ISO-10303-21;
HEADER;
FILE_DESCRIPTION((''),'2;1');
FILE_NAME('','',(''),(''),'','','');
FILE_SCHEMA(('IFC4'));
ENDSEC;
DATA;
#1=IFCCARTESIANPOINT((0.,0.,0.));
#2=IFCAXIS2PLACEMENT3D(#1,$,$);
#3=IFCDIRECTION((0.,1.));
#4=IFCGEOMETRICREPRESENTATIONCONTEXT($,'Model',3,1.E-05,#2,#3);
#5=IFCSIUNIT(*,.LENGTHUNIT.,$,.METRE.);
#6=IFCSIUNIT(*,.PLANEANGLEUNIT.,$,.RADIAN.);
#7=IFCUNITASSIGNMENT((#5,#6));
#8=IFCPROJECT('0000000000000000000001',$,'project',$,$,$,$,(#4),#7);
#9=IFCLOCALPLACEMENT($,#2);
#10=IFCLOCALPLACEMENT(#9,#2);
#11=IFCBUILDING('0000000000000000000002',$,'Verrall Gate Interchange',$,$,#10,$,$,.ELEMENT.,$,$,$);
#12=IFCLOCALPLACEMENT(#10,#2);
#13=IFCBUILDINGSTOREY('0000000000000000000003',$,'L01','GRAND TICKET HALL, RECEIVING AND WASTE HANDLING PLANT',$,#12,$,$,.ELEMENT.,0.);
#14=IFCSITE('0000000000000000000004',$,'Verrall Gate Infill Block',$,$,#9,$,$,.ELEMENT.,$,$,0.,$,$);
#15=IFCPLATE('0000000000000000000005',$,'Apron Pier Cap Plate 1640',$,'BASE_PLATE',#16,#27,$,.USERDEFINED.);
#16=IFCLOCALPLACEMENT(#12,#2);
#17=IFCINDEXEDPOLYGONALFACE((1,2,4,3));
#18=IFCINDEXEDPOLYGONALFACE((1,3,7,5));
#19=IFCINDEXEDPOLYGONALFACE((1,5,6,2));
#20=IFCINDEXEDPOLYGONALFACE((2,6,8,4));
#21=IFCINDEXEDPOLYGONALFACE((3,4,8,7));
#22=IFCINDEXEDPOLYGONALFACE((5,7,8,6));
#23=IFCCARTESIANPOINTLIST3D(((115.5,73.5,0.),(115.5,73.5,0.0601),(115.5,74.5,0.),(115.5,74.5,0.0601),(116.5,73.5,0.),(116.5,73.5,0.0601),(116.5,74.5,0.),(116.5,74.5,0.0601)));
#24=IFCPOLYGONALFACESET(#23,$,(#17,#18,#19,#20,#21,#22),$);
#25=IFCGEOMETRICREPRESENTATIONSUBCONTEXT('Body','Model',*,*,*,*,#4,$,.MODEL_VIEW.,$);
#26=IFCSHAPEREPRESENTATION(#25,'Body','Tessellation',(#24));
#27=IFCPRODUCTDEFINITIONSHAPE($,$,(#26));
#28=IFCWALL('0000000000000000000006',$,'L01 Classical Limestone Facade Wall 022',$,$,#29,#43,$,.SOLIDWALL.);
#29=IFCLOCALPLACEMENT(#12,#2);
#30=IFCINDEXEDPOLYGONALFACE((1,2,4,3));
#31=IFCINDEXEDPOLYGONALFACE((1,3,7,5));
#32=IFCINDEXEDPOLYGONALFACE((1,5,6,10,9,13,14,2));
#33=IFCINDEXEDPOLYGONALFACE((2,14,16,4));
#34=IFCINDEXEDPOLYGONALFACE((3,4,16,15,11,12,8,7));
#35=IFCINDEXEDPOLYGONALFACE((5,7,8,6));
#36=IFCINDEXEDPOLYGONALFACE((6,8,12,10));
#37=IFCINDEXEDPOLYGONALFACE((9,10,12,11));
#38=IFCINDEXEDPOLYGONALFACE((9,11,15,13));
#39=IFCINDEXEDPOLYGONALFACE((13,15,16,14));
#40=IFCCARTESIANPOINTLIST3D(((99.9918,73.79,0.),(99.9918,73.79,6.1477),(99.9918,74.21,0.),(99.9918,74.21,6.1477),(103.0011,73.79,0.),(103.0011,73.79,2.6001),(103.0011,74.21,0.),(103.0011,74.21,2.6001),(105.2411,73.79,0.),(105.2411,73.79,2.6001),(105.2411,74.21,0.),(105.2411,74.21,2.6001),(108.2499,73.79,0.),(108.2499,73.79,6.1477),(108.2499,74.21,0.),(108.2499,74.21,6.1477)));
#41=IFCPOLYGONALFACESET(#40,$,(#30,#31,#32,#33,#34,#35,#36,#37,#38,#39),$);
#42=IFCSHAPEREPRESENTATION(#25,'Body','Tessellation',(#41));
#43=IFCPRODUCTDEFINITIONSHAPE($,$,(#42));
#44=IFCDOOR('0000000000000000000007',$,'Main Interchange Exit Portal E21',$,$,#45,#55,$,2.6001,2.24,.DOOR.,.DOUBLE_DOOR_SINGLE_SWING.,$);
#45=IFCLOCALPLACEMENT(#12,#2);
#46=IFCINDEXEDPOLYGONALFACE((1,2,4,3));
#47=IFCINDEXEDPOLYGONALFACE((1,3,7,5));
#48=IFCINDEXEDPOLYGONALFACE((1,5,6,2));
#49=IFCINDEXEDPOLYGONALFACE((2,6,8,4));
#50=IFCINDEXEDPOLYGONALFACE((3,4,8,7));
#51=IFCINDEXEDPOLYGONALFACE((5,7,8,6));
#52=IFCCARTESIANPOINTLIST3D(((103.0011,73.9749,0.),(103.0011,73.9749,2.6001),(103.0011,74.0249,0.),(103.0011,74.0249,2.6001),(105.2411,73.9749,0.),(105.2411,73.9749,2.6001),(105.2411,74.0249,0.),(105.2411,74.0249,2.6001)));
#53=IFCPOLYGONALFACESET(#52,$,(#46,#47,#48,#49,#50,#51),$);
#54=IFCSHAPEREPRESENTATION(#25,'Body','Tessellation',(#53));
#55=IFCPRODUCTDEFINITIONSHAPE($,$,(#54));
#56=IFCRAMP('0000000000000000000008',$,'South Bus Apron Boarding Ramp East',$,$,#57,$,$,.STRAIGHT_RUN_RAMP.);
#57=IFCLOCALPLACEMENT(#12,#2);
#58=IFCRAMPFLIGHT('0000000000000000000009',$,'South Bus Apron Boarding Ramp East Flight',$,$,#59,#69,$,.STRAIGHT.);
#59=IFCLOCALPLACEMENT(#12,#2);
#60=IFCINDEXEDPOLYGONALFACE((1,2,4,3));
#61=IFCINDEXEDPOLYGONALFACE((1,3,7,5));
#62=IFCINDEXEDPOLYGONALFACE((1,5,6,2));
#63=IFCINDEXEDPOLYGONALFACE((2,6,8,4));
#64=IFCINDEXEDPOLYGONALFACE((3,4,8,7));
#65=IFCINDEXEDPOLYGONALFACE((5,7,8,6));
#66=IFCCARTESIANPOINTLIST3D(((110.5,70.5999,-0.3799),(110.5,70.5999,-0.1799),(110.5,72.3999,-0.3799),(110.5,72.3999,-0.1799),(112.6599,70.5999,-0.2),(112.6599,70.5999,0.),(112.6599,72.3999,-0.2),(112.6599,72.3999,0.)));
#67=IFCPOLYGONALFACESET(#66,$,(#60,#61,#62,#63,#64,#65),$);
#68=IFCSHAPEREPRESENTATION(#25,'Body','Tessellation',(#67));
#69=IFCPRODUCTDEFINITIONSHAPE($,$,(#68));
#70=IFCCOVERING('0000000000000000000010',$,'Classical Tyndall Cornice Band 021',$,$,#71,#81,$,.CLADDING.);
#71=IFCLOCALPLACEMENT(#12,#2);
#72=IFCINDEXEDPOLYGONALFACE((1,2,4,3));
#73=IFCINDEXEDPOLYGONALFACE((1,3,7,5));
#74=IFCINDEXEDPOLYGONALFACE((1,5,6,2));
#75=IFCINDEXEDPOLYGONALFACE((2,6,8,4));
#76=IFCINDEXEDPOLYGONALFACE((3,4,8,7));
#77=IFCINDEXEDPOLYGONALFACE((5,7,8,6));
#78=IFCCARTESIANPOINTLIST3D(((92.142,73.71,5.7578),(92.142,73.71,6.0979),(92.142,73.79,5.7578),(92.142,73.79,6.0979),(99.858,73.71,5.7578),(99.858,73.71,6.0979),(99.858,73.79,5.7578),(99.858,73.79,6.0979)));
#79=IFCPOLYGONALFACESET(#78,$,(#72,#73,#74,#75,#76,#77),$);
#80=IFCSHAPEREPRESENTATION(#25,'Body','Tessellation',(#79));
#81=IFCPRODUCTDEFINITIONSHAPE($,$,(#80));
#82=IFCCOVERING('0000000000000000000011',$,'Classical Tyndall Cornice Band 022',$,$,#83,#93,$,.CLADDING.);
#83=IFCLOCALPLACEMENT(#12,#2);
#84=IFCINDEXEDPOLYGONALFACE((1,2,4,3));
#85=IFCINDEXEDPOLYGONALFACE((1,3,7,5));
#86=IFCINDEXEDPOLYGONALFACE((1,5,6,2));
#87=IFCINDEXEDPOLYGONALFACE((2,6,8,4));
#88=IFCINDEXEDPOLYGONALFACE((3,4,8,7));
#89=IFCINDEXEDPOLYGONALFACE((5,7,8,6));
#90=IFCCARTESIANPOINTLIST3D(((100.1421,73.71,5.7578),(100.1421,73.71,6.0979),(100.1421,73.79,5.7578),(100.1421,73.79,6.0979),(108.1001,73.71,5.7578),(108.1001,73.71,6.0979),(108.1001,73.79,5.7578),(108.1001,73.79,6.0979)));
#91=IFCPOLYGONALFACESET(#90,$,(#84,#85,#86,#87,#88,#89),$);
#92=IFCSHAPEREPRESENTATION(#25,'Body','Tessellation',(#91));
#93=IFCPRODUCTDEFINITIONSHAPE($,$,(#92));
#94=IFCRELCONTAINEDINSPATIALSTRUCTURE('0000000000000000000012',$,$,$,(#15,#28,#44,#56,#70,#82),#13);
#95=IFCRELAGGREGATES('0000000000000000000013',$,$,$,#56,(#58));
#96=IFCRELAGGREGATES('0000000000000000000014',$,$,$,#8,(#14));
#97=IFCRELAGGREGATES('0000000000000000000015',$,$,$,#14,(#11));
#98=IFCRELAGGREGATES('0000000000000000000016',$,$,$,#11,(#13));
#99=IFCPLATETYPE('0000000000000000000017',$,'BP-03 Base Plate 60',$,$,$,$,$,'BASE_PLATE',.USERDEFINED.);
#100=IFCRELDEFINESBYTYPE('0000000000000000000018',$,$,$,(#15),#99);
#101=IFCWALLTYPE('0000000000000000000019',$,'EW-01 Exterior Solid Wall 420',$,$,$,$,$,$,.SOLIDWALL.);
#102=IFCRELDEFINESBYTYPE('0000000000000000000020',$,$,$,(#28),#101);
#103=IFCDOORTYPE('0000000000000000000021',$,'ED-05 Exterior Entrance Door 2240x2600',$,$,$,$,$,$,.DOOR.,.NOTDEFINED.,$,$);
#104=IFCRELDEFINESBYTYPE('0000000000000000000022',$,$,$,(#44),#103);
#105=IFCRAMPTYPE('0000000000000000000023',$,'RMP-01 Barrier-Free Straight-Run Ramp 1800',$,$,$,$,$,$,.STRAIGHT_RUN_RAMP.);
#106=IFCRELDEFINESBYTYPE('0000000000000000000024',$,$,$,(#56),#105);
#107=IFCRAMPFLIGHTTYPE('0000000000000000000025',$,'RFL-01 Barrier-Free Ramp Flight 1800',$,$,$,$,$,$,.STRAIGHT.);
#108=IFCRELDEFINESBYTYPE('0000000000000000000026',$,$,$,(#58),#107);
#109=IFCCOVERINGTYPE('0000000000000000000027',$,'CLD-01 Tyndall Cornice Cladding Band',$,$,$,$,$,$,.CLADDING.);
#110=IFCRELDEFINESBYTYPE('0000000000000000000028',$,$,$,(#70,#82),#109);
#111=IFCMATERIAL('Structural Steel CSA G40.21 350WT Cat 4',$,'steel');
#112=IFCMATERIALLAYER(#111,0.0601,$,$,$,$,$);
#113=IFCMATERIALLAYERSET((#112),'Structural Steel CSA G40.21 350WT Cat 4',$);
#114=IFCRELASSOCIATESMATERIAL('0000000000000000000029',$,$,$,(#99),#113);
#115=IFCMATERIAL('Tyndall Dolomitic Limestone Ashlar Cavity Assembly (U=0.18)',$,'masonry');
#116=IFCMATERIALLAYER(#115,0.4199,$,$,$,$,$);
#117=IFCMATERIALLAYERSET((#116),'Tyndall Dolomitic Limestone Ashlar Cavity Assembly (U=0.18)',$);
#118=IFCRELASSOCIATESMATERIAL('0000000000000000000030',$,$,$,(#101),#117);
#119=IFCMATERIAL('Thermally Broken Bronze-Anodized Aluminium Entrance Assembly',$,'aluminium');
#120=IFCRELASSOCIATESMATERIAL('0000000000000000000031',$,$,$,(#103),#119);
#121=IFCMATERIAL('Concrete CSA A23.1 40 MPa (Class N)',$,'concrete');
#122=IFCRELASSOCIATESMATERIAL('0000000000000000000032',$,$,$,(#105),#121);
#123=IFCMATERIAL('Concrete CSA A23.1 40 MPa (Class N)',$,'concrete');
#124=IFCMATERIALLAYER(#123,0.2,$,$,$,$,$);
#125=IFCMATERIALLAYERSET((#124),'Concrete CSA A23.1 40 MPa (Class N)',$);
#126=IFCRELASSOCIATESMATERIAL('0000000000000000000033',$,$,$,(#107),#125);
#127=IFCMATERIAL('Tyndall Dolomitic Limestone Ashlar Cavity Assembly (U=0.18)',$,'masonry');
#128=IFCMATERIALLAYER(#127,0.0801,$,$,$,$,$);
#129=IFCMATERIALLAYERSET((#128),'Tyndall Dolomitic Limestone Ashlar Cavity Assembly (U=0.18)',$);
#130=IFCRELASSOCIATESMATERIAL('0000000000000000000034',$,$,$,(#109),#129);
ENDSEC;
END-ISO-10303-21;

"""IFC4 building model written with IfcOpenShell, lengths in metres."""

from ifc_helpers import new_model, si_unit, direction, frame, frame_2d, origin, origin_2d, place, context, subcontext, project, spatial, polyline, rectangle, outline, extrude, material, layer, layer_set, type_object, element, fill, aggregate, save


model = new_model("IFC4")

# Units and contexts
model_context = context("Model", 3, precision=1e-05, world=origin(), true_north=direction((0.0, 1.0)))
body_context = subcontext(model_context, "Body", "Model", "MODEL_VIEW")
ifc_project = project(units=[si_unit("LENGTHUNIT", "METRE"), si_unit("PLANEANGLEUNIT", "RADIAN")], contexts=[model_context])

# Site, building, storey
site_placement = place(None, origin())
site = spatial("IfcSite", under=ifc_project, at=site_placement, Name="Verrall Gate Infill Block", CompositionType="ELEMENT", RefElevation=0.0)
building_placement = place(site_placement, origin())
building = spatial("IfcBuilding", under=site, at=building_placement, Name="Verrall Gate Interchange", CompositionType="ELEMENT")
storey_placement = place(building_placement, origin())
storey = spatial("IfcBuildingStorey", under=building, at=storey_placement, Name="L01", Description="GRAND TICKET HALL, RECEIVING AND WASTE HANDLING PLANT", CompositionType="ELEMENT", Elevation=0.0)

# Plate
ifc_material_1 = material(Name="Structural Steel CSA G40.21 350WT Cat 4", Category="steel")
ifc_layer_1 = layer(ifc_material_1, 0.0601)
ifc_layer_set_1 = layer_set([ifc_layer_1], Name="Structural Steel CSA G40.21 350WT Cat 4")
plate_type_1 = type_object("IfcPlateType", Name="BP-03 Base Plate 60", ElementType="BASE_PLATE", PredefinedType="USERDEFINED", material=ifc_layer_set_1)
for number, where, z_axis, x_axis, name in (
    (1, (116.0, 74.0, 0.0), (0.0, 0.0, 1.0), (1.0, 0.0, 0.0), "Apron Pier Cap Plate 1640"),
):
    element("IfcPlate", number, at=place(storey_placement, frame(where, z_axis=z_axis, x_axis=x_axis)), inside=storey, type_object=plate_type_1, Name=name, ObjectType="BASE_PLATE", PredefinedType="USERDEFINED", context=body_context, shape_type="SweptSolid", body=[
        extrude(rectangle(XDim=1.0, YDim=1.0, at=origin_2d()), origin(), (0.0, 0.0, 1.0), 0.0601),
    ])

# Wall, opening, door
ifc_material_2 = material(Name="Tyndall Dolomitic Limestone Ashlar Cavity Assembly (U=0.18)", Category="masonry")
ifc_layer_2 = layer(ifc_material_2, 0.4199)
ifc_layer_set_2 = layer_set([ifc_layer_2], Name="Tyndall Dolomitic Limestone Ashlar Cavity Assembly (U=0.18)")
wall_type = type_object("IfcWallType", Name="EW-01 Exterior Solid Wall 420", PredefinedType="SOLIDWALL", material=ifc_layer_set_2)
wall_placement = place(storey_placement, frame((99.9919, 74.0, 0.0), z_axis=(0.0, 0.0, 1.0), x_axis=(1.0, 0.0, 0.0)))
wall = element("IfcWall", 2, at=wall_placement, inside=storey, type_object=wall_type, Name="L01 Classical Limestone Facade Wall 022", PredefinedType="SOLIDWALL", context=body_context, shape_type="SweptSolid", body=[
    extrude(rectangle(XDim=8.2581, YDim=0.4199, at=frame_2d((4.1289, 0.0))), origin(), (0.0, 0.0, 1.0), 6.1477),
])
opening_placement = place(wall_placement, frame((3.009, 0.0, 0.0)))
opening = element("IfcOpeningElement", 3, at=opening_placement, cuts=wall, PredefinedType="OPENING", context=body_context, shape_type="SweptSolid", body=[
    extrude(rectangle(XDim=2.24, YDim=2.6001, at=frame_2d((1.1201, 1.3))), frame((0.0, 0.2249, 0.0), z_axis=(0.0, -1.0, 0.0), x_axis=(1.0, 0.0, 0.0)), (0.0, 0.0, 1.0), 0.4497),
])
ifc_material_3 = material(Name="Thermally Broken Bronze-Anodized Aluminium Entrance Assembly", Category="aluminium")
door_type = type_object("IfcDoorType", Name="ED-05 Exterior Entrance Door 2240x2600", OperationType="NOTDEFINED", PredefinedType="DOOR", material=ifc_material_3)
door_placement = place(opening_placement, origin())
door = element("IfcDoor", 4, at=door_placement, inside=storey, type_object=door_type, Name="Main Interchange Exit Portal E21", OperationType="DOUBLE_DOOR_SINGLE_SWING", OverallHeight=2.6001, OverallWidth=2.24, PredefinedType="DOOR", context=body_context, shape_type="SweptSolid", body=[
    extrude(rectangle(XDim=2.24, YDim=2.6001, at=frame_2d((1.1201, 1.3))), frame((0.0, 0.0249, 0.0), z_axis=(0.0, -1.0, 0.0), x_axis=(1.0, 0.0, 0.0)), (0.0, 0.0, 1.0), 0.05),
])
fill(opening, door)

# Ramp, ramp flight
ifc_material_4 = material(Name="Concrete CSA A23.1 40 MPa (Class N)", Category="concrete")
ramp_type = type_object("IfcRampType", Name="RMP-01 Barrier-Free Straight-Run Ramp 1800", PredefinedType="STRAIGHT_RUN_RAMP", material=ifc_material_4)
ramp_placement = place(storey_placement, origin())
ramp = element("IfcRamp", 5, at=ramp_placement, inside=storey, type_object=ramp_type, Name="South Bus Apron Boarding Ramp East", PredefinedType="STRAIGHT_RUN_RAMP")
ifc_material_5 = material(Name="Concrete CSA A23.1 40 MPa (Class N)", Category="concrete")
ifc_layer_3 = layer(ifc_material_5, 0.2)
ifc_layer_set_3 = layer_set([ifc_layer_3], Name="Concrete CSA A23.1 40 MPa (Class N)")
ramp_flight_type = type_object("IfcRampFlightType", Name="RFL-01 Barrier-Free Ramp Flight 1800", PredefinedType="STRAIGHT", material=ifc_layer_set_3)
ramp_flight_placement = place(storey_placement, frame((110.5, 71.5, -0.1799), z_axis=(0.0, 0.0, 1.0), x_axis=(1.0, 0.0, 0.0)))
ramp_flight = element("IfcRampFlight", 6, at=ramp_flight_placement, type_object=ramp_flight_type, Name="South Bus Apron Boarding Ramp East Flight", PredefinedType="STRAIGHT", context=body_context, shape_type="SweptSolid", body=[
    extrude(outline(polyline([(0.0, -0.2), (0.0, 0.0), (2.1599, 0.1799), (2.1599, -0.02), (0.0, -0.2)])), frame((0.0, 0.8999, 0.0), z_axis=(0.0, -1.0, 0.0), x_axis=(1.0, 0.0, 0.0)), (0.0, 0.0, 1.0), 1.8),
])
aggregate(ramp, [ramp_flight])

# Coverings
ifc_material_6 = material(Name="Tyndall Dolomitic Limestone Ashlar Cavity Assembly (U=0.18)", Category="masonry")
ifc_layer_4 = layer(ifc_material_6, 0.0801)
ifc_layer_set_4 = layer_set([ifc_layer_4], Name="Tyndall Dolomitic Limestone Ashlar Cavity Assembly (U=0.18)")
covering_type = type_object("IfcCoveringType", Name="CLD-01 Tyndall Cornice Cladding Band", PredefinedType="CLADDING", material=ifc_layer_set_4)
covering_1_placement = place(storey_placement, frame((96.0, 73.75, 5.7578), z_axis=(0.0, 0.0, 1.0), x_axis=(1.0, 0.0, 0.0)))
element("IfcCovering", 7, at=covering_1_placement, inside=storey, type_object=covering_type, Name="Classical Tyndall Cornice Band 021", PredefinedType="CLADDING", context=body_context, shape_type="SweptSolid", body=[
    extrude(rectangle(XDim=7.7161, YDim=0.0801, at=origin_2d()), origin(), (0.0, 0.0, 1.0), 0.3401),
])
covering_2_placement = place(storey_placement, frame((104.1211, 73.75, 5.7578), z_axis=(0.0, 0.0, 1.0), x_axis=(1.0, 0.0, 0.0)))
element("IfcCovering", 8, at=covering_2_placement, inside=storey, type_object=covering_type, Name="Classical Tyndall Cornice Band 022", PredefinedType="CLADDING", context=body_context, shape_type="SweptSolid", body=[
    extrude(rectangle(XDim=7.958, YDim=0.0801, at=origin_2d()), origin(), (0.0, 0.0, 1.0), 0.3401),
])

save(model, "model.ifc")
